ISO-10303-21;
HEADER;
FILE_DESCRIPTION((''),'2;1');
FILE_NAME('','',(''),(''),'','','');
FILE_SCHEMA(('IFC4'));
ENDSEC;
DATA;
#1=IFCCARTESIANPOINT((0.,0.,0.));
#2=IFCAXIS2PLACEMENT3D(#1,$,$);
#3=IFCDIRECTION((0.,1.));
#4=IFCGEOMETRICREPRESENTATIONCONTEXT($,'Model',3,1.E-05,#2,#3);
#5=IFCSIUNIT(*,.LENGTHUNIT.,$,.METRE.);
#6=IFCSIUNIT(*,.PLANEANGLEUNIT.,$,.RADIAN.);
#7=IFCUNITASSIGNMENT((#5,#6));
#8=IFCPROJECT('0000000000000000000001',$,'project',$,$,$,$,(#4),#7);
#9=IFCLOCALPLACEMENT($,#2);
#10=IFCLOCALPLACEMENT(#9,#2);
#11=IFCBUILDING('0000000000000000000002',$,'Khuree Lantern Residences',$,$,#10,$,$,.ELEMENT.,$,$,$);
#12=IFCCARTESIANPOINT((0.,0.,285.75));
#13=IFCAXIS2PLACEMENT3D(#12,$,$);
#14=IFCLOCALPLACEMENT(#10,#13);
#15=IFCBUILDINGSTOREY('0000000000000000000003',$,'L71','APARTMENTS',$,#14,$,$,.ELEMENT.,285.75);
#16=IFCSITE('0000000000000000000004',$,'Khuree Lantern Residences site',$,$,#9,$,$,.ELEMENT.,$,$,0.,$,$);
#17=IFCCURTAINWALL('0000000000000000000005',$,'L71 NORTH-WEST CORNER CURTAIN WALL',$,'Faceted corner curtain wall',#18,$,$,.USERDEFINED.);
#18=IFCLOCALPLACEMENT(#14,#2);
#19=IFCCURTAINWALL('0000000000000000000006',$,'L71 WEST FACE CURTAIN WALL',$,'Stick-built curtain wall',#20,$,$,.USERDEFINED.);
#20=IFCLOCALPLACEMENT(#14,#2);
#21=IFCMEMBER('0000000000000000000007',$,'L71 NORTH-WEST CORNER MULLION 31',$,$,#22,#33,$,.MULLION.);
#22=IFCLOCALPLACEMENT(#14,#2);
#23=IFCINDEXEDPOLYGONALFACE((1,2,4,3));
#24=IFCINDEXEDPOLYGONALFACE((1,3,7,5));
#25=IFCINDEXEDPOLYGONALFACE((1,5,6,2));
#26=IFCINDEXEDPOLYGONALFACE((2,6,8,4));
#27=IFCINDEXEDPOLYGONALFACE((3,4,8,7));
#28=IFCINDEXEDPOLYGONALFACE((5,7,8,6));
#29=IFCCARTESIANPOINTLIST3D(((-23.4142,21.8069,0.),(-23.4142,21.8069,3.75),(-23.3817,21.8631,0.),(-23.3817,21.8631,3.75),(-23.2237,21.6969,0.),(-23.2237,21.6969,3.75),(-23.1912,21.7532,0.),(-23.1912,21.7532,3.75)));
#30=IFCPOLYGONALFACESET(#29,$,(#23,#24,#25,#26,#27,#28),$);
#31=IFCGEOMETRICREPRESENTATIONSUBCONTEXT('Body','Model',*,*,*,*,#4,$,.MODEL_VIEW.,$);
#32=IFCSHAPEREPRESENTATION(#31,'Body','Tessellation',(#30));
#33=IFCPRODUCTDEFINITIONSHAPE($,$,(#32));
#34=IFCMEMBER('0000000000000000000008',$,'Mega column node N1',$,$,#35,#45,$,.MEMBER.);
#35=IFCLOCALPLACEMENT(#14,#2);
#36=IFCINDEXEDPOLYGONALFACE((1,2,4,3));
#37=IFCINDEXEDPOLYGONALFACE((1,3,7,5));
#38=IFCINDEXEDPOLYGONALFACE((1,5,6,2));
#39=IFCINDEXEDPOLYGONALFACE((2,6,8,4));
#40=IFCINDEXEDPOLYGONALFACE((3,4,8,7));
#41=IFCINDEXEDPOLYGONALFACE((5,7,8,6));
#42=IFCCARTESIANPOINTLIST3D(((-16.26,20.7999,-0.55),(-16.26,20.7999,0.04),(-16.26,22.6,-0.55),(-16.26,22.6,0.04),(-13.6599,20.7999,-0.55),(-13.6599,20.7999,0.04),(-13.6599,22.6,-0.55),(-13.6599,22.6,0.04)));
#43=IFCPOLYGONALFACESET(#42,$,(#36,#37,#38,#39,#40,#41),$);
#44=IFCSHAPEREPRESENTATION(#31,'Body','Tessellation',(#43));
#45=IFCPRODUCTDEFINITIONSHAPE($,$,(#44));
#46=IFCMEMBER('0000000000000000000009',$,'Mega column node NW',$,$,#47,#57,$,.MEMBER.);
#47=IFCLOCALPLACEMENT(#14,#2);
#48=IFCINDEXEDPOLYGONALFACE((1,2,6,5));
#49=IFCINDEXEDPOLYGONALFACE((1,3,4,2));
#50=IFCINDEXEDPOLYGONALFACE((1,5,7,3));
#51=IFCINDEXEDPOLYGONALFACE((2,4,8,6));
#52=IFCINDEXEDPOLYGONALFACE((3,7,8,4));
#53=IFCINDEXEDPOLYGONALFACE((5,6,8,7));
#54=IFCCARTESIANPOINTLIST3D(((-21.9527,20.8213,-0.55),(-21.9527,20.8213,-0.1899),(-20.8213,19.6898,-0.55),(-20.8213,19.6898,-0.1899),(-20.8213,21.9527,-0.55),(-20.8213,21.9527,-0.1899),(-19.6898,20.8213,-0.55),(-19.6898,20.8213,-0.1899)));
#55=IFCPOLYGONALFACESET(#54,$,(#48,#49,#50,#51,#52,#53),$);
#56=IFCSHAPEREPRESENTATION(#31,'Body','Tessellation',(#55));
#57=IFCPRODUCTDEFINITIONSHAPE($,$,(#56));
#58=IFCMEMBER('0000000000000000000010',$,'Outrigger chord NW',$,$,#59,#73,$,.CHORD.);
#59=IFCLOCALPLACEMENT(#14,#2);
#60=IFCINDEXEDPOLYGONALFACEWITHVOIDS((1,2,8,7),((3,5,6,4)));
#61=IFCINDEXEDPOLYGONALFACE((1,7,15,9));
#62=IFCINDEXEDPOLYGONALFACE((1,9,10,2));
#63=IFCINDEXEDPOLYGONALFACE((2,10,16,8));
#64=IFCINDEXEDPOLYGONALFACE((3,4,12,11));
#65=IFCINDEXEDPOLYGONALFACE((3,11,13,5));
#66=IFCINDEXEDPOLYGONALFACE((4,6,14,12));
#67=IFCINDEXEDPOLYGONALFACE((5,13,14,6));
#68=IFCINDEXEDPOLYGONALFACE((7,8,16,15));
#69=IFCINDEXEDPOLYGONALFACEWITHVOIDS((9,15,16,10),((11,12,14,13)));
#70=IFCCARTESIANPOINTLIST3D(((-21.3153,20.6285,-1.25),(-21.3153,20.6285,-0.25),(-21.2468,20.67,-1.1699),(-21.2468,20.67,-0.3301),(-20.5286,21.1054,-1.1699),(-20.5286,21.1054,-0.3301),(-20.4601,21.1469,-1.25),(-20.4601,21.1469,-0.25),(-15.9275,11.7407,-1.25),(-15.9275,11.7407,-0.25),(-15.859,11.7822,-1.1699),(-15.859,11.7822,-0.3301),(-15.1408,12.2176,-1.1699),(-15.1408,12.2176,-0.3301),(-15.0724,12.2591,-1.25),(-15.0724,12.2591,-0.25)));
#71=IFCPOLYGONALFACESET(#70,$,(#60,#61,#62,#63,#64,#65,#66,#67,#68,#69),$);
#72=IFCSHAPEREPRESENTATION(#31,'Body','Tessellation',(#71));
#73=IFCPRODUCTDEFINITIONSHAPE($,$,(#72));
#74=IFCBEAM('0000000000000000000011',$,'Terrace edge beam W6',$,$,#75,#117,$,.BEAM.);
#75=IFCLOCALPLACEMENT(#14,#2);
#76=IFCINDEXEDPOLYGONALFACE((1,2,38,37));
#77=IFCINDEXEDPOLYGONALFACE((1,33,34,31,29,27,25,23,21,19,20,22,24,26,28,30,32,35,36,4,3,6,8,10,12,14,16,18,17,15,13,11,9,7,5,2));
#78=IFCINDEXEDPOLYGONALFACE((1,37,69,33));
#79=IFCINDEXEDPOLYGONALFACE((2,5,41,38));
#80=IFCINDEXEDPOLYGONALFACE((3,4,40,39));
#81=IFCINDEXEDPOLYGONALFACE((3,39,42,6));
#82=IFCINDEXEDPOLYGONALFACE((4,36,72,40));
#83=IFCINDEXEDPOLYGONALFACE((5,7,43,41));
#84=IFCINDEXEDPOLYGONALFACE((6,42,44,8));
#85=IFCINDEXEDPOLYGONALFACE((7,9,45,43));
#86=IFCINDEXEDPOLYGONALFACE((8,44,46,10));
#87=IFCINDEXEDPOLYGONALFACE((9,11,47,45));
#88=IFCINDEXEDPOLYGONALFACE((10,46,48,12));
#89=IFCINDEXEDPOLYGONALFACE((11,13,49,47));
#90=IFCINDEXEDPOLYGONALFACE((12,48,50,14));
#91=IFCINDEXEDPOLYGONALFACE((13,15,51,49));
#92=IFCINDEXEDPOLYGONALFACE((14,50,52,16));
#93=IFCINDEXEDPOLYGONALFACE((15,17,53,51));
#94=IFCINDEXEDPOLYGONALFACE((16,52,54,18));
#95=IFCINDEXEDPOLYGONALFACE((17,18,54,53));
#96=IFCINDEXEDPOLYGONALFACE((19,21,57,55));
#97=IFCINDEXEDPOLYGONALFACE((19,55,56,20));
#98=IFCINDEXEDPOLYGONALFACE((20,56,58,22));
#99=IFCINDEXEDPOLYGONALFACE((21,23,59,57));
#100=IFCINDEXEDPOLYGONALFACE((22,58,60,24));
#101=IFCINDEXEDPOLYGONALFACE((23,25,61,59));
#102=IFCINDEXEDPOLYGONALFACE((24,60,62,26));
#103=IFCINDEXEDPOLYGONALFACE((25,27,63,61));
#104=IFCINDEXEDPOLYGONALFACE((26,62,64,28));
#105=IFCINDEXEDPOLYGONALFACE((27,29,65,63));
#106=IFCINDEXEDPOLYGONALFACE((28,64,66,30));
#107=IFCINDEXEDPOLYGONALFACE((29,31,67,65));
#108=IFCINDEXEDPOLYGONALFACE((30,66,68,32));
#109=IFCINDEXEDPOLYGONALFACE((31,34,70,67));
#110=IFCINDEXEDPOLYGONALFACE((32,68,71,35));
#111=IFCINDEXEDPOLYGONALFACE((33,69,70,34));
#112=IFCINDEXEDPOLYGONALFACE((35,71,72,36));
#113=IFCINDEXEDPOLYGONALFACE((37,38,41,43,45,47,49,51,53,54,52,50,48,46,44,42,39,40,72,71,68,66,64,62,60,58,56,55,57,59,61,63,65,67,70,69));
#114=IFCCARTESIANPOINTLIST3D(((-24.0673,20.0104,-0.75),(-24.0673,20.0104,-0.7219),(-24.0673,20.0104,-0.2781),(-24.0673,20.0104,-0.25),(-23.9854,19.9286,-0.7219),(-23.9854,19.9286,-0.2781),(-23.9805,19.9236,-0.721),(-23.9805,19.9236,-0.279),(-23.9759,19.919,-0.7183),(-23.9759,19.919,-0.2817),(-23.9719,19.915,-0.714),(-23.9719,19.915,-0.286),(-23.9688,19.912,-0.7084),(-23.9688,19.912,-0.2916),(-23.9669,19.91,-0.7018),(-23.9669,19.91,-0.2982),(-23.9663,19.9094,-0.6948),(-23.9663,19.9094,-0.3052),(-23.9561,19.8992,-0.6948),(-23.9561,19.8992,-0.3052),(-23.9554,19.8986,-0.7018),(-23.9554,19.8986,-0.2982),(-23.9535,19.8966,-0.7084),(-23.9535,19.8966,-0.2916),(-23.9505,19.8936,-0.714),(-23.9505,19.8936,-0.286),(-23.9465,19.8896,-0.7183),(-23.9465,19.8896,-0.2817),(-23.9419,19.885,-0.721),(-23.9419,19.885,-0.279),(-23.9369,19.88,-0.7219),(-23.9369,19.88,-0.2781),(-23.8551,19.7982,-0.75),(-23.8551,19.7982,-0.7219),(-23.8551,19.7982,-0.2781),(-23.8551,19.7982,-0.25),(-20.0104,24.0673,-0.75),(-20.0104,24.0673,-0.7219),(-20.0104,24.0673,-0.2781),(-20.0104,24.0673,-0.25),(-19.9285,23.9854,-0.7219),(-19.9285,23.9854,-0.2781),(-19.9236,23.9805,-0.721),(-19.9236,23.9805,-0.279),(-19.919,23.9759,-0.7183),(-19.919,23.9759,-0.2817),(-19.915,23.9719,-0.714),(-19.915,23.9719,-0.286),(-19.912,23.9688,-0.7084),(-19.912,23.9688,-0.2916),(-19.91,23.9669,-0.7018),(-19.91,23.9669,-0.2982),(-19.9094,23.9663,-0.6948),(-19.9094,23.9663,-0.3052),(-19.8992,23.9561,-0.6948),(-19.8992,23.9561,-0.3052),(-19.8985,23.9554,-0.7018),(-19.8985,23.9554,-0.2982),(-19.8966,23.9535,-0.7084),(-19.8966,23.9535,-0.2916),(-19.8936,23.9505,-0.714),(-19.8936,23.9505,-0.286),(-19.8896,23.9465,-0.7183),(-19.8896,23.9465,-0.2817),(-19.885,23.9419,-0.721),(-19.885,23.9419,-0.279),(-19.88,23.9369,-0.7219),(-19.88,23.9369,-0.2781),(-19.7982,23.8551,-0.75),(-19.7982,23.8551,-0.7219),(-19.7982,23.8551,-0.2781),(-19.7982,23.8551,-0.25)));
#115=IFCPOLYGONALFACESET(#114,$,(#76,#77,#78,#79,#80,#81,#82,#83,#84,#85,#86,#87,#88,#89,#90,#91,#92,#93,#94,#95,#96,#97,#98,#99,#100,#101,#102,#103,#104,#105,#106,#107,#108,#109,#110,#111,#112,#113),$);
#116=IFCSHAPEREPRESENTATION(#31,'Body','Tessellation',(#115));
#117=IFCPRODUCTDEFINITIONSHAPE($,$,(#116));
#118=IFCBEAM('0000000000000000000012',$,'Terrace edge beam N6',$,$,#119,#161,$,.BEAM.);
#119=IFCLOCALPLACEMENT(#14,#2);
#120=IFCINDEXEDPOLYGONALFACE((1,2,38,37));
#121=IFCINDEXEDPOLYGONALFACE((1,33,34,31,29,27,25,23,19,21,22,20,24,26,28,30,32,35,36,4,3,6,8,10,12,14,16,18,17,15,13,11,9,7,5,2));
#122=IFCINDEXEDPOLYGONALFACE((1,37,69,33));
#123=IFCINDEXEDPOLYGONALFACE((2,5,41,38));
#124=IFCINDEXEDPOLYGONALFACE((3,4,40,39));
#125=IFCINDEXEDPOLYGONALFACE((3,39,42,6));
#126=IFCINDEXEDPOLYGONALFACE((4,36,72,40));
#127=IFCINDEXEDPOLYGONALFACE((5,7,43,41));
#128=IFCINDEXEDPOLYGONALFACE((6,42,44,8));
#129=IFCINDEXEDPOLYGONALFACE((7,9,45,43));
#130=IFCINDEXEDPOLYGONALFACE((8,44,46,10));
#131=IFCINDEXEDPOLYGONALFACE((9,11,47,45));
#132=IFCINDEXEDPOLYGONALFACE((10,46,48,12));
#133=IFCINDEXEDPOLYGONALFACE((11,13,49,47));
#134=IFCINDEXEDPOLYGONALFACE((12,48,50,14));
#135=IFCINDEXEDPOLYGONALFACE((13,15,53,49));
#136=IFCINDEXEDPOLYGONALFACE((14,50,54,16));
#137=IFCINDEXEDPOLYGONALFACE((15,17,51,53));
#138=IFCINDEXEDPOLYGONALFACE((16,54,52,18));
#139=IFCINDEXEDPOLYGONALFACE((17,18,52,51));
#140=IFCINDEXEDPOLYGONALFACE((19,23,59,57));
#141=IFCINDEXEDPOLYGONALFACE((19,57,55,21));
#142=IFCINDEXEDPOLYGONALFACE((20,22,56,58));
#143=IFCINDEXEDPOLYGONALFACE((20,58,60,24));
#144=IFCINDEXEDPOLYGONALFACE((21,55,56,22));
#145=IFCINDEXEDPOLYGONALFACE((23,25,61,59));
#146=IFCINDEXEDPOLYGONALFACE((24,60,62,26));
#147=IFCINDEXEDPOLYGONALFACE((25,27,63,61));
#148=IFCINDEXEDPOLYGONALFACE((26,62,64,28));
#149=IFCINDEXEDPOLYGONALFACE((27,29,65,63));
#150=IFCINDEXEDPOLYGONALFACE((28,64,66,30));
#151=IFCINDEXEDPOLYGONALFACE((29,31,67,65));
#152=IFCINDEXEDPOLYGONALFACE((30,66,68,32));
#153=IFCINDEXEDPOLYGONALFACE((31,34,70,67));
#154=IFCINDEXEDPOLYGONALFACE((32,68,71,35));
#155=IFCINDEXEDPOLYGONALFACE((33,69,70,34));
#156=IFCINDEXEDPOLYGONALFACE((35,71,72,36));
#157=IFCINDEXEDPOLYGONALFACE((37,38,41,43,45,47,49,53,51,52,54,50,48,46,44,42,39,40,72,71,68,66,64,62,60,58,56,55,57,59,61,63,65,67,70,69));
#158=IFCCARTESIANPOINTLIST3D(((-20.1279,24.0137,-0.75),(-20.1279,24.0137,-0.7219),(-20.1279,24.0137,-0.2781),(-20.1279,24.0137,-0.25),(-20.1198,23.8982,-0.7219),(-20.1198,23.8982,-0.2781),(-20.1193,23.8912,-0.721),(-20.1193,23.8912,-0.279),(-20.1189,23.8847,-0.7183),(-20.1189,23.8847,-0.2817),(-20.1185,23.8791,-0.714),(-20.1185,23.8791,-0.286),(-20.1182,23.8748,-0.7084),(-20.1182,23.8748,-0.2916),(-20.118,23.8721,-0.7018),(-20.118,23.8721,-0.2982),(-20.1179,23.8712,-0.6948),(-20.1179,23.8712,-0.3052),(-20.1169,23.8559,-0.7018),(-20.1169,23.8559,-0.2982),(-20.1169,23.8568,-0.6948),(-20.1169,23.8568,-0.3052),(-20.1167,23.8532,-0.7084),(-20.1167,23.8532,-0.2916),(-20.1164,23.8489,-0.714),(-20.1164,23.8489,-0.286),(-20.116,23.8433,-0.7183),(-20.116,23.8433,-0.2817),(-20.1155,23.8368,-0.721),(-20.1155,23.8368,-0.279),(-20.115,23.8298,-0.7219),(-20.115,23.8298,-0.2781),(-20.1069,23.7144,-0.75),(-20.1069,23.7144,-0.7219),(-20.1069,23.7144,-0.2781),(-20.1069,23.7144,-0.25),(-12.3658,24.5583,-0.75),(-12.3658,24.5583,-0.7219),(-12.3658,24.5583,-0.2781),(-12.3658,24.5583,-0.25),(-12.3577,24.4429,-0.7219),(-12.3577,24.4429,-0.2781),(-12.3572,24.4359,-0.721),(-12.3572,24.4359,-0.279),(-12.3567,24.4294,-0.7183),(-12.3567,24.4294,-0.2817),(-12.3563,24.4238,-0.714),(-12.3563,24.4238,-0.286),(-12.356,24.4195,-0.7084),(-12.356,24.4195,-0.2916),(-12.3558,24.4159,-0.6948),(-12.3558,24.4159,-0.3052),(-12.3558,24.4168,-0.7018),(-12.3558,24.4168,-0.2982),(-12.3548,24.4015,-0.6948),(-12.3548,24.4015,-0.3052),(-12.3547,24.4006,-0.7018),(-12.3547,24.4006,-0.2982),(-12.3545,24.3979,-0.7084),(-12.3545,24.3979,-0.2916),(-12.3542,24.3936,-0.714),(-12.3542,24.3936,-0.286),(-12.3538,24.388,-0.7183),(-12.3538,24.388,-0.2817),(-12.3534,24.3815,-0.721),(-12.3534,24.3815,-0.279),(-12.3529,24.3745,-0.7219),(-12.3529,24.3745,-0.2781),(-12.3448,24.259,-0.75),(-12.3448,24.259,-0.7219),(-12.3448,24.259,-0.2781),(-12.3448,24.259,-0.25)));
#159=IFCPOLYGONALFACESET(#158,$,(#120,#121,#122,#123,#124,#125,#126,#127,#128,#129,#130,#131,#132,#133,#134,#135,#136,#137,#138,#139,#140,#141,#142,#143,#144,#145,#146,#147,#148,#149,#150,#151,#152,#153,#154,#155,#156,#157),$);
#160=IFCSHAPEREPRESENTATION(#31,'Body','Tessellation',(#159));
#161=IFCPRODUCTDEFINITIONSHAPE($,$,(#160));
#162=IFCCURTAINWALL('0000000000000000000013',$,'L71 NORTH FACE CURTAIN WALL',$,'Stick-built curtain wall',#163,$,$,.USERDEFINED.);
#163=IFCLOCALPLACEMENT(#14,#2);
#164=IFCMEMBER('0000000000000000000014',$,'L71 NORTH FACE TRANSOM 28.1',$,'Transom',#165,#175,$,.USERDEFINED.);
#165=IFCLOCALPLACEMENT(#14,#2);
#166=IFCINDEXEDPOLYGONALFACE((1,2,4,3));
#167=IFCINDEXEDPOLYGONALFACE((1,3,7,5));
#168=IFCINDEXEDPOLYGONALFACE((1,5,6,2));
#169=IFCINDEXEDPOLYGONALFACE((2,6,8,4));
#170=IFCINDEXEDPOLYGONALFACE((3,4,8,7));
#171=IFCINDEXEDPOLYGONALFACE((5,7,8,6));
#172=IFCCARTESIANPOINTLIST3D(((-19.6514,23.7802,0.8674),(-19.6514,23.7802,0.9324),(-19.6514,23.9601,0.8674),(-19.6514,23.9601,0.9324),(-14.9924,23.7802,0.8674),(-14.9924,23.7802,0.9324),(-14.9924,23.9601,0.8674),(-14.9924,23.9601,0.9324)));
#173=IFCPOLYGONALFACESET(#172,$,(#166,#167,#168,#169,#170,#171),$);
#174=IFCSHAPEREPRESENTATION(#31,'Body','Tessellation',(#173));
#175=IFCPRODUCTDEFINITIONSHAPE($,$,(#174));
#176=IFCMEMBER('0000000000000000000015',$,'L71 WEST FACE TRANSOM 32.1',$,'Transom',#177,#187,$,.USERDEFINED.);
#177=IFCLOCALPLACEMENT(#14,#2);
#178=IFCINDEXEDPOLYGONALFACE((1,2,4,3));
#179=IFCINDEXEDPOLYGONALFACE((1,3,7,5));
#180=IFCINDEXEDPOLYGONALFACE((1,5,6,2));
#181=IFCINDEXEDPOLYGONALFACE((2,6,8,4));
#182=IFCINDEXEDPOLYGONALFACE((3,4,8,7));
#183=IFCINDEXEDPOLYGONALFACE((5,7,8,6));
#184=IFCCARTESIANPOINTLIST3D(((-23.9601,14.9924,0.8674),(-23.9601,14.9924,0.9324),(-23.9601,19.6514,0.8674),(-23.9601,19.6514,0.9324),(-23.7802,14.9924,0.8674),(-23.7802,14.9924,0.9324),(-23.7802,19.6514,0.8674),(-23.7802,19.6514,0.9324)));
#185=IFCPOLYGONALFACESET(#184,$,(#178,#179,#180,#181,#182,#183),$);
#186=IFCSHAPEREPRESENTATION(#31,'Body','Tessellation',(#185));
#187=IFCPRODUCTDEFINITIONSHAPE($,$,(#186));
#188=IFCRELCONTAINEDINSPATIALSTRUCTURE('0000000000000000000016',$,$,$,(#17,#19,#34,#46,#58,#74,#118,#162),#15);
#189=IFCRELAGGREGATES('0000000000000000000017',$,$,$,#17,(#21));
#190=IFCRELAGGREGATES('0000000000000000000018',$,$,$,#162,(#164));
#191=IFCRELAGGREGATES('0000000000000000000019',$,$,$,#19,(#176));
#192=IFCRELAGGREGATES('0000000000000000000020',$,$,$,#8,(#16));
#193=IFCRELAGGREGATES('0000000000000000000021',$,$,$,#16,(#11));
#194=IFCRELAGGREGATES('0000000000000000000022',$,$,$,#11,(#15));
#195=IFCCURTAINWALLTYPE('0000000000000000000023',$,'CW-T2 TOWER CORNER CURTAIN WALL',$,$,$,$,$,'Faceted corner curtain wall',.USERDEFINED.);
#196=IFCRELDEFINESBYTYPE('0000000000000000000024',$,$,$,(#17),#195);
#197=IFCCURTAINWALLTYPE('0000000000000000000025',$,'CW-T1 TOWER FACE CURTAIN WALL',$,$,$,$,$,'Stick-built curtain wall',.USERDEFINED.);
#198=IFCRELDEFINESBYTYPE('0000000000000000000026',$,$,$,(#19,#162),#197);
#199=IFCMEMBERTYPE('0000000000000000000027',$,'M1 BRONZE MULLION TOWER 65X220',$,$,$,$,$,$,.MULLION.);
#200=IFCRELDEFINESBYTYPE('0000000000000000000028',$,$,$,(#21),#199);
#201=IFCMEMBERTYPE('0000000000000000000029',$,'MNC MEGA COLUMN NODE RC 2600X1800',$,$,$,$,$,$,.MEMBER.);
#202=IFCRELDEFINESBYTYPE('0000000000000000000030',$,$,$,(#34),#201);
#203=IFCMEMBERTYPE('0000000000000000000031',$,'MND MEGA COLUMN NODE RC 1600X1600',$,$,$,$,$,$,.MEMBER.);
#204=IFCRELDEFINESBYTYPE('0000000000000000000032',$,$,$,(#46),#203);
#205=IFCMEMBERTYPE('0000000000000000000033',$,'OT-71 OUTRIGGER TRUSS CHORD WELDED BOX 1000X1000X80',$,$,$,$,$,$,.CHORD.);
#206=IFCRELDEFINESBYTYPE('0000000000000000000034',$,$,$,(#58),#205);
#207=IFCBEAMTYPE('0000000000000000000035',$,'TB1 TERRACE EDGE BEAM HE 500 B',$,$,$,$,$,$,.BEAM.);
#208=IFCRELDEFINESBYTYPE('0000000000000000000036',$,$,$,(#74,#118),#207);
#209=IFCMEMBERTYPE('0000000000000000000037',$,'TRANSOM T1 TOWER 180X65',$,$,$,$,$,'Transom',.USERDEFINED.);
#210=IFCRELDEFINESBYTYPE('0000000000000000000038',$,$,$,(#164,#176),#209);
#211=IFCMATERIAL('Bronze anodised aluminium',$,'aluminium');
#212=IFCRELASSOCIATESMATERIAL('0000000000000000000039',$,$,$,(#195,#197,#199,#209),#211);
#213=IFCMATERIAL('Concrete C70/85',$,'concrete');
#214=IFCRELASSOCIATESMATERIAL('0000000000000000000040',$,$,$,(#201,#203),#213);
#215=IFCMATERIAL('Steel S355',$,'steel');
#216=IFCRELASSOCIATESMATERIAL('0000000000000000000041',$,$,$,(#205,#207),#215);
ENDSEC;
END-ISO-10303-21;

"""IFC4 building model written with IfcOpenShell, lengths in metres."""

from ifc_helpers import new_model, si_unit, direction, frame, origin, origin_2d, place, context, subcontext, project, spatial, rectangle, hollow_rectangle, i_section, extrude, material, material_profile, profile_set, type_object, element, aggregate, save


model = new_model("IFC4")

# Units and contexts
model_context = context("Model", 3, precision=1e-05, world=origin(), true_north=direction((0.0, 1.0)))
body_context = subcontext(model_context, "Body", "Model", "MODEL_VIEW")
ifc_project = project(units=[si_unit("LENGTHUNIT", "METRE"), si_unit("PLANEANGLEUNIT", "RADIAN")], contexts=[model_context])

# Site, building, storey
site_placement = place(None, origin())
site = spatial("IfcSite", under=ifc_project, at=site_placement, Name="Khuree Lantern Residences site", CompositionType="ELEMENT", RefElevation=0.0)
building_placement = place(site_placement, origin())
building = spatial("IfcBuilding", under=site, at=building_placement, Name="Khuree Lantern Residences", CompositionType="ELEMENT")
storey_placement = place(building_placement, frame((0.0, 0.0, 285.75)))
storey = spatial("IfcBuildingStorey", under=building, at=storey_placement, Name="L71", Description="APARTMENTS", CompositionType="ELEMENT", Elevation=285.75)

# Shared definitions
ifc_material_1 = material(Name="Concrete C70/85", Category="concrete")

# Shared definitions
ifc_material_2 = material(Name="Steel S355", Category="steel")

# Curtain walls
ifc_material_3 = material(Name="Bronze anodised aluminium", Category="aluminium")
curtain_wall_type_1 = type_object("IfcCurtainWallType", Name="CW-T2 TOWER CORNER CURTAIN WALL", ElementType="Faceted corner curtain wall", PredefinedType="USERDEFINED", material=ifc_material_3)
curtain_wall_1_placement = place(storey_placement, origin())
curtain_wall_1 = element("IfcCurtainWall", 1, at=curtain_wall_1_placement, inside=storey, type_object=curtain_wall_type_1, Name="L71 NORTH-WEST CORNER CURTAIN WALL", ObjectType="Faceted corner curtain wall", PredefinedType="USERDEFINED")
curtain_wall_type_2 = type_object("IfcCurtainWallType", Name="CW-T1 TOWER FACE CURTAIN WALL", ElementType="Stick-built curtain wall", PredefinedType="USERDEFINED", material=ifc_material_3)
curtain_wall_2_placement = place(storey_placement, origin())
curtain_wall_2 = element("IfcCurtainWall", 2, at=curtain_wall_2_placement, inside=storey, type_object=curtain_wall_type_2, Name="L71 WEST FACE CURTAIN WALL", ObjectType="Stick-built curtain wall", PredefinedType="USERDEFINED")

# Member
ifc_material_profile_1 = material_profile(ifc_material_3, rectangle(XDim=0.0649, YDim=0.22, at=origin_2d()), Name="M1 65X220")
ifc_profile_set_1 = profile_set([ifc_material_profile_1], Name="Bronze anodised aluminium")
member_type_1 = type_object("IfcMemberType", Name="M1 BRONZE MULLION TOWER 65X220", PredefinedType="MULLION", material=ifc_profile_set_1)
member_1_placement = place(storey_placement, frame((-23.3027, 21.78, 0.0), z_axis=(0.0, 0.0, 1.0), x_axis=(-0.5, -0.866025, 0.0)))
member_1 = element("IfcMember", 3, at=member_1_placement, type_object=member_type_1, Name="L71 NORTH-WEST CORNER MULLION 31", PredefinedType="MULLION", context=body_context, shape_type="SweptSolid", body=[
    extrude(rectangle(XDim=0.0649, YDim=0.22, at=origin_2d()), origin(), (0.0, 0.0, 1.0), 3.75),
])

# Members
ifc_material_profile_2 = material_profile(ifc_material_1, rectangle(XDim=2.6001, YDim=1.8, at=origin_2d()), Name="RC 2600X1800")
ifc_profile_set_2 = profile_set([ifc_material_profile_2], Name="Concrete C70/85")
member_type_2 = type_object("IfcMemberType", Name="MNC MEGA COLUMN NODE RC 2600X1800", PredefinedType="MEMBER", material=ifc_profile_set_2)
member_2_placement = place(storey_placement, frame((-14.96, 21.7, -0.55), z_axis=(0.0, 0.0, 1.0), x_axis=(1.0, 0.0, 0.0)))
element("IfcMember", 4, at=member_2_placement, inside=storey, type_object=member_type_2, Name="Mega column node N1", PredefinedType="MEMBER", context=body_context, shape_type="SweptSolid", body=[
    extrude(rectangle(XDim=2.6001, YDim=1.8, at=origin_2d()), origin(), (0.0, 0.0, 1.0), 0.5901),
])
ifc_material_profile_3 = material_profile(ifc_material_1, rectangle(XDim=1.6001, YDim=1.6001, at=origin_2d()), Name="RC 1600X1600")
ifc_profile_set_3 = profile_set([ifc_material_profile_3], Name="Concrete C70/85")
member_type_3 = type_object("IfcMemberType", Name="MND MEGA COLUMN NODE RC 1600X1600", PredefinedType="MEMBER", material=ifc_profile_set_3)
member_3_placement = place(storey_placement, frame((-20.8213, 20.8213, -0.55), z_axis=(0.0, 0.0, 1.0), x_axis=(0.707107, 0.707107, 0.0)))
element("IfcMember", 5, at=member_3_placement, inside=storey, type_object=member_type_3, Name="Mega column node NW", PredefinedType="MEMBER", context=body_context, shape_type="SweptSolid", body=[
    extrude(rectangle(XDim=1.6001, YDim=1.6001, at=origin_2d()), origin(), (0.0, 0.0, 1.0), 0.3601),
])
ifc_material_profile_4 = material_profile(ifc_material_2, hollow_rectangle(XDim=1.0, YDim=1.0, WallThickness=0.0801, at=origin_2d()), Name="WELDED BOX 1000X1000X80")
ifc_profile_set_4 = profile_set([ifc_material_profile_4], Name="Steel S355")
member_type_4 = type_object("IfcMemberType", Name="OT-71 OUTRIGGER TRUSS CHORD WELDED BOX 1000X1000X80", PredefinedType="CHORD", material=ifc_profile_set_4)
member_4_placement = place(storey_placement, frame((-20.8877, 20.8877, -0.75), z_axis=(0.518387, -0.855146, 0.0), x_axis=(0.855146, 0.518387, 0.0)))
element("IfcMember", 6, at=member_4_placement, inside=storey, type_object=member_type_4, Name="Outrigger chord NW", PredefinedType="CHORD", context=body_context, shape_type="SweptSolid", body=[
    extrude(hollow_rectangle(XDim=1.0, YDim=1.0, WallThickness=0.0801, at=origin_2d()), origin(), (0.0, 0.0, 1.0), 10.3933),
])

# Beams
ifc_material_profile_5 = material_profile(ifc_material_2, i_section(OverallWidth=0.3, OverallDepth=0.5, WebThickness=0.0144, FlangeThickness=0.0281, FilletRadius=0.0271, at=origin_2d()), Name="HE 500 B")
ifc_profile_set_5 = profile_set([ifc_material_profile_5], Name="Steel S355")
beam_type_1 = type_object("IfcBeamType", Name="TB1 TERRACE EDGE BEAM HE 500 B", PredefinedType="BEAM", material=ifc_profile_set_5)
beam_1_placement = place(storey_placement, frame((-23.9612, 19.9043, -0.5), z_axis=(0.707107, 0.707107, 0.0), x_axis=(-0.707107, 0.707107, 0.0)))
element("IfcBeam", 7, at=beam_1_placement, inside=storey, type_object=beam_type_1, Name="Terrace edge beam W6", PredefinedType="BEAM", context=body_context, shape_type="SweptSolid", body=[
    extrude(i_section(OverallWidth=0.3, OverallDepth=0.5, WebThickness=0.0144, FlangeThickness=0.0281, FilletRadius=0.0271, at=origin_2d()), origin(), (0.0, 0.0, 1.0), 5.7373),
])
beam_2_placement = place(storey_placement, frame((-20.1174, 23.864, -0.5), z_axis=(0.997547, 0.069998, 0.0), x_axis=(-0.069998, 0.997547, 0.0)))
element("IfcBeam", 8, at=beam_2_placement, inside=storey, type_object=beam_type_1, Name="Terrace edge beam N6", PredefinedType="BEAM", context=body_context, shape_type="SweptSolid", body=[
    extrude(i_section(OverallWidth=0.3, OverallDepth=0.5, WebThickness=0.0144, FlangeThickness=0.0281, FilletRadius=0.0271, at=origin_2d()), origin(), (0.0, 0.0, 1.0), 7.7812),
])

# Curtain wall, member
curtain_wall_3_placement = place(storey_placement, origin())
curtain_wall_3 = element("IfcCurtainWall", 9, at=curtain_wall_3_placement, inside=storey, type_object=curtain_wall_type_2, Name="L71 NORTH FACE CURTAIN WALL", ObjectType="Stick-built curtain wall", PredefinedType="USERDEFINED")
ifc_material_profile_6 = material_profile(ifc_material_3, rectangle(XDim=0.1799, YDim=0.0649, at=origin_2d()), Name="T1 180X65")
ifc_profile_set_6 = profile_set([ifc_material_profile_6], Name="Bronze anodised aluminium")
member_type_5 = type_object("IfcMemberType", Name="TRANSOM T1 TOWER 180X65", ElementType="Transom", PredefinedType="USERDEFINED", material=ifc_profile_set_6)
member_5_placement = place(storey_placement, frame((-14.9924, 23.8701, 0.8999), z_axis=(-1.0, 0.0, 0.0), x_axis=(0.0, -1.0, 0.0)))
member_5 = element("IfcMember", 10, at=member_5_placement, type_object=member_type_5, Name="L71 NORTH FACE TRANSOM 28.1", ObjectType="Transom", PredefinedType="USERDEFINED", context=body_context, shape_type="SweptSolid", body=[
    extrude(rectangle(XDim=0.1799, YDim=0.0649, at=origin_2d()), origin(), (0.0, 0.0, 1.0), 4.6589),
])

# Member
member_6_placement = place(storey_placement, frame((-23.8701, 19.6514, 0.8999), z_axis=(0.0, -1.0, 0.0), x_axis=(1.0, 0.0, 0.0)))
member_6 = element("IfcMember", 11, at=member_6_placement, type_object=member_type_5, Name="L71 WEST FACE TRANSOM 32.1", ObjectType="Transom", PredefinedType="USERDEFINED", context=body_context, shape_type="SweptSolid", body=[
    extrude(rectangle(XDim=0.1799, YDim=0.0649, at=origin_2d()), origin(), (0.0, 0.0, 1.0), 4.6589),
])

aggregate(curtain_wall_1, [member_1])
aggregate(curtain_wall_3, [member_5])
aggregate(curtain_wall_2, [member_6])

save(model, "model.ifc")
